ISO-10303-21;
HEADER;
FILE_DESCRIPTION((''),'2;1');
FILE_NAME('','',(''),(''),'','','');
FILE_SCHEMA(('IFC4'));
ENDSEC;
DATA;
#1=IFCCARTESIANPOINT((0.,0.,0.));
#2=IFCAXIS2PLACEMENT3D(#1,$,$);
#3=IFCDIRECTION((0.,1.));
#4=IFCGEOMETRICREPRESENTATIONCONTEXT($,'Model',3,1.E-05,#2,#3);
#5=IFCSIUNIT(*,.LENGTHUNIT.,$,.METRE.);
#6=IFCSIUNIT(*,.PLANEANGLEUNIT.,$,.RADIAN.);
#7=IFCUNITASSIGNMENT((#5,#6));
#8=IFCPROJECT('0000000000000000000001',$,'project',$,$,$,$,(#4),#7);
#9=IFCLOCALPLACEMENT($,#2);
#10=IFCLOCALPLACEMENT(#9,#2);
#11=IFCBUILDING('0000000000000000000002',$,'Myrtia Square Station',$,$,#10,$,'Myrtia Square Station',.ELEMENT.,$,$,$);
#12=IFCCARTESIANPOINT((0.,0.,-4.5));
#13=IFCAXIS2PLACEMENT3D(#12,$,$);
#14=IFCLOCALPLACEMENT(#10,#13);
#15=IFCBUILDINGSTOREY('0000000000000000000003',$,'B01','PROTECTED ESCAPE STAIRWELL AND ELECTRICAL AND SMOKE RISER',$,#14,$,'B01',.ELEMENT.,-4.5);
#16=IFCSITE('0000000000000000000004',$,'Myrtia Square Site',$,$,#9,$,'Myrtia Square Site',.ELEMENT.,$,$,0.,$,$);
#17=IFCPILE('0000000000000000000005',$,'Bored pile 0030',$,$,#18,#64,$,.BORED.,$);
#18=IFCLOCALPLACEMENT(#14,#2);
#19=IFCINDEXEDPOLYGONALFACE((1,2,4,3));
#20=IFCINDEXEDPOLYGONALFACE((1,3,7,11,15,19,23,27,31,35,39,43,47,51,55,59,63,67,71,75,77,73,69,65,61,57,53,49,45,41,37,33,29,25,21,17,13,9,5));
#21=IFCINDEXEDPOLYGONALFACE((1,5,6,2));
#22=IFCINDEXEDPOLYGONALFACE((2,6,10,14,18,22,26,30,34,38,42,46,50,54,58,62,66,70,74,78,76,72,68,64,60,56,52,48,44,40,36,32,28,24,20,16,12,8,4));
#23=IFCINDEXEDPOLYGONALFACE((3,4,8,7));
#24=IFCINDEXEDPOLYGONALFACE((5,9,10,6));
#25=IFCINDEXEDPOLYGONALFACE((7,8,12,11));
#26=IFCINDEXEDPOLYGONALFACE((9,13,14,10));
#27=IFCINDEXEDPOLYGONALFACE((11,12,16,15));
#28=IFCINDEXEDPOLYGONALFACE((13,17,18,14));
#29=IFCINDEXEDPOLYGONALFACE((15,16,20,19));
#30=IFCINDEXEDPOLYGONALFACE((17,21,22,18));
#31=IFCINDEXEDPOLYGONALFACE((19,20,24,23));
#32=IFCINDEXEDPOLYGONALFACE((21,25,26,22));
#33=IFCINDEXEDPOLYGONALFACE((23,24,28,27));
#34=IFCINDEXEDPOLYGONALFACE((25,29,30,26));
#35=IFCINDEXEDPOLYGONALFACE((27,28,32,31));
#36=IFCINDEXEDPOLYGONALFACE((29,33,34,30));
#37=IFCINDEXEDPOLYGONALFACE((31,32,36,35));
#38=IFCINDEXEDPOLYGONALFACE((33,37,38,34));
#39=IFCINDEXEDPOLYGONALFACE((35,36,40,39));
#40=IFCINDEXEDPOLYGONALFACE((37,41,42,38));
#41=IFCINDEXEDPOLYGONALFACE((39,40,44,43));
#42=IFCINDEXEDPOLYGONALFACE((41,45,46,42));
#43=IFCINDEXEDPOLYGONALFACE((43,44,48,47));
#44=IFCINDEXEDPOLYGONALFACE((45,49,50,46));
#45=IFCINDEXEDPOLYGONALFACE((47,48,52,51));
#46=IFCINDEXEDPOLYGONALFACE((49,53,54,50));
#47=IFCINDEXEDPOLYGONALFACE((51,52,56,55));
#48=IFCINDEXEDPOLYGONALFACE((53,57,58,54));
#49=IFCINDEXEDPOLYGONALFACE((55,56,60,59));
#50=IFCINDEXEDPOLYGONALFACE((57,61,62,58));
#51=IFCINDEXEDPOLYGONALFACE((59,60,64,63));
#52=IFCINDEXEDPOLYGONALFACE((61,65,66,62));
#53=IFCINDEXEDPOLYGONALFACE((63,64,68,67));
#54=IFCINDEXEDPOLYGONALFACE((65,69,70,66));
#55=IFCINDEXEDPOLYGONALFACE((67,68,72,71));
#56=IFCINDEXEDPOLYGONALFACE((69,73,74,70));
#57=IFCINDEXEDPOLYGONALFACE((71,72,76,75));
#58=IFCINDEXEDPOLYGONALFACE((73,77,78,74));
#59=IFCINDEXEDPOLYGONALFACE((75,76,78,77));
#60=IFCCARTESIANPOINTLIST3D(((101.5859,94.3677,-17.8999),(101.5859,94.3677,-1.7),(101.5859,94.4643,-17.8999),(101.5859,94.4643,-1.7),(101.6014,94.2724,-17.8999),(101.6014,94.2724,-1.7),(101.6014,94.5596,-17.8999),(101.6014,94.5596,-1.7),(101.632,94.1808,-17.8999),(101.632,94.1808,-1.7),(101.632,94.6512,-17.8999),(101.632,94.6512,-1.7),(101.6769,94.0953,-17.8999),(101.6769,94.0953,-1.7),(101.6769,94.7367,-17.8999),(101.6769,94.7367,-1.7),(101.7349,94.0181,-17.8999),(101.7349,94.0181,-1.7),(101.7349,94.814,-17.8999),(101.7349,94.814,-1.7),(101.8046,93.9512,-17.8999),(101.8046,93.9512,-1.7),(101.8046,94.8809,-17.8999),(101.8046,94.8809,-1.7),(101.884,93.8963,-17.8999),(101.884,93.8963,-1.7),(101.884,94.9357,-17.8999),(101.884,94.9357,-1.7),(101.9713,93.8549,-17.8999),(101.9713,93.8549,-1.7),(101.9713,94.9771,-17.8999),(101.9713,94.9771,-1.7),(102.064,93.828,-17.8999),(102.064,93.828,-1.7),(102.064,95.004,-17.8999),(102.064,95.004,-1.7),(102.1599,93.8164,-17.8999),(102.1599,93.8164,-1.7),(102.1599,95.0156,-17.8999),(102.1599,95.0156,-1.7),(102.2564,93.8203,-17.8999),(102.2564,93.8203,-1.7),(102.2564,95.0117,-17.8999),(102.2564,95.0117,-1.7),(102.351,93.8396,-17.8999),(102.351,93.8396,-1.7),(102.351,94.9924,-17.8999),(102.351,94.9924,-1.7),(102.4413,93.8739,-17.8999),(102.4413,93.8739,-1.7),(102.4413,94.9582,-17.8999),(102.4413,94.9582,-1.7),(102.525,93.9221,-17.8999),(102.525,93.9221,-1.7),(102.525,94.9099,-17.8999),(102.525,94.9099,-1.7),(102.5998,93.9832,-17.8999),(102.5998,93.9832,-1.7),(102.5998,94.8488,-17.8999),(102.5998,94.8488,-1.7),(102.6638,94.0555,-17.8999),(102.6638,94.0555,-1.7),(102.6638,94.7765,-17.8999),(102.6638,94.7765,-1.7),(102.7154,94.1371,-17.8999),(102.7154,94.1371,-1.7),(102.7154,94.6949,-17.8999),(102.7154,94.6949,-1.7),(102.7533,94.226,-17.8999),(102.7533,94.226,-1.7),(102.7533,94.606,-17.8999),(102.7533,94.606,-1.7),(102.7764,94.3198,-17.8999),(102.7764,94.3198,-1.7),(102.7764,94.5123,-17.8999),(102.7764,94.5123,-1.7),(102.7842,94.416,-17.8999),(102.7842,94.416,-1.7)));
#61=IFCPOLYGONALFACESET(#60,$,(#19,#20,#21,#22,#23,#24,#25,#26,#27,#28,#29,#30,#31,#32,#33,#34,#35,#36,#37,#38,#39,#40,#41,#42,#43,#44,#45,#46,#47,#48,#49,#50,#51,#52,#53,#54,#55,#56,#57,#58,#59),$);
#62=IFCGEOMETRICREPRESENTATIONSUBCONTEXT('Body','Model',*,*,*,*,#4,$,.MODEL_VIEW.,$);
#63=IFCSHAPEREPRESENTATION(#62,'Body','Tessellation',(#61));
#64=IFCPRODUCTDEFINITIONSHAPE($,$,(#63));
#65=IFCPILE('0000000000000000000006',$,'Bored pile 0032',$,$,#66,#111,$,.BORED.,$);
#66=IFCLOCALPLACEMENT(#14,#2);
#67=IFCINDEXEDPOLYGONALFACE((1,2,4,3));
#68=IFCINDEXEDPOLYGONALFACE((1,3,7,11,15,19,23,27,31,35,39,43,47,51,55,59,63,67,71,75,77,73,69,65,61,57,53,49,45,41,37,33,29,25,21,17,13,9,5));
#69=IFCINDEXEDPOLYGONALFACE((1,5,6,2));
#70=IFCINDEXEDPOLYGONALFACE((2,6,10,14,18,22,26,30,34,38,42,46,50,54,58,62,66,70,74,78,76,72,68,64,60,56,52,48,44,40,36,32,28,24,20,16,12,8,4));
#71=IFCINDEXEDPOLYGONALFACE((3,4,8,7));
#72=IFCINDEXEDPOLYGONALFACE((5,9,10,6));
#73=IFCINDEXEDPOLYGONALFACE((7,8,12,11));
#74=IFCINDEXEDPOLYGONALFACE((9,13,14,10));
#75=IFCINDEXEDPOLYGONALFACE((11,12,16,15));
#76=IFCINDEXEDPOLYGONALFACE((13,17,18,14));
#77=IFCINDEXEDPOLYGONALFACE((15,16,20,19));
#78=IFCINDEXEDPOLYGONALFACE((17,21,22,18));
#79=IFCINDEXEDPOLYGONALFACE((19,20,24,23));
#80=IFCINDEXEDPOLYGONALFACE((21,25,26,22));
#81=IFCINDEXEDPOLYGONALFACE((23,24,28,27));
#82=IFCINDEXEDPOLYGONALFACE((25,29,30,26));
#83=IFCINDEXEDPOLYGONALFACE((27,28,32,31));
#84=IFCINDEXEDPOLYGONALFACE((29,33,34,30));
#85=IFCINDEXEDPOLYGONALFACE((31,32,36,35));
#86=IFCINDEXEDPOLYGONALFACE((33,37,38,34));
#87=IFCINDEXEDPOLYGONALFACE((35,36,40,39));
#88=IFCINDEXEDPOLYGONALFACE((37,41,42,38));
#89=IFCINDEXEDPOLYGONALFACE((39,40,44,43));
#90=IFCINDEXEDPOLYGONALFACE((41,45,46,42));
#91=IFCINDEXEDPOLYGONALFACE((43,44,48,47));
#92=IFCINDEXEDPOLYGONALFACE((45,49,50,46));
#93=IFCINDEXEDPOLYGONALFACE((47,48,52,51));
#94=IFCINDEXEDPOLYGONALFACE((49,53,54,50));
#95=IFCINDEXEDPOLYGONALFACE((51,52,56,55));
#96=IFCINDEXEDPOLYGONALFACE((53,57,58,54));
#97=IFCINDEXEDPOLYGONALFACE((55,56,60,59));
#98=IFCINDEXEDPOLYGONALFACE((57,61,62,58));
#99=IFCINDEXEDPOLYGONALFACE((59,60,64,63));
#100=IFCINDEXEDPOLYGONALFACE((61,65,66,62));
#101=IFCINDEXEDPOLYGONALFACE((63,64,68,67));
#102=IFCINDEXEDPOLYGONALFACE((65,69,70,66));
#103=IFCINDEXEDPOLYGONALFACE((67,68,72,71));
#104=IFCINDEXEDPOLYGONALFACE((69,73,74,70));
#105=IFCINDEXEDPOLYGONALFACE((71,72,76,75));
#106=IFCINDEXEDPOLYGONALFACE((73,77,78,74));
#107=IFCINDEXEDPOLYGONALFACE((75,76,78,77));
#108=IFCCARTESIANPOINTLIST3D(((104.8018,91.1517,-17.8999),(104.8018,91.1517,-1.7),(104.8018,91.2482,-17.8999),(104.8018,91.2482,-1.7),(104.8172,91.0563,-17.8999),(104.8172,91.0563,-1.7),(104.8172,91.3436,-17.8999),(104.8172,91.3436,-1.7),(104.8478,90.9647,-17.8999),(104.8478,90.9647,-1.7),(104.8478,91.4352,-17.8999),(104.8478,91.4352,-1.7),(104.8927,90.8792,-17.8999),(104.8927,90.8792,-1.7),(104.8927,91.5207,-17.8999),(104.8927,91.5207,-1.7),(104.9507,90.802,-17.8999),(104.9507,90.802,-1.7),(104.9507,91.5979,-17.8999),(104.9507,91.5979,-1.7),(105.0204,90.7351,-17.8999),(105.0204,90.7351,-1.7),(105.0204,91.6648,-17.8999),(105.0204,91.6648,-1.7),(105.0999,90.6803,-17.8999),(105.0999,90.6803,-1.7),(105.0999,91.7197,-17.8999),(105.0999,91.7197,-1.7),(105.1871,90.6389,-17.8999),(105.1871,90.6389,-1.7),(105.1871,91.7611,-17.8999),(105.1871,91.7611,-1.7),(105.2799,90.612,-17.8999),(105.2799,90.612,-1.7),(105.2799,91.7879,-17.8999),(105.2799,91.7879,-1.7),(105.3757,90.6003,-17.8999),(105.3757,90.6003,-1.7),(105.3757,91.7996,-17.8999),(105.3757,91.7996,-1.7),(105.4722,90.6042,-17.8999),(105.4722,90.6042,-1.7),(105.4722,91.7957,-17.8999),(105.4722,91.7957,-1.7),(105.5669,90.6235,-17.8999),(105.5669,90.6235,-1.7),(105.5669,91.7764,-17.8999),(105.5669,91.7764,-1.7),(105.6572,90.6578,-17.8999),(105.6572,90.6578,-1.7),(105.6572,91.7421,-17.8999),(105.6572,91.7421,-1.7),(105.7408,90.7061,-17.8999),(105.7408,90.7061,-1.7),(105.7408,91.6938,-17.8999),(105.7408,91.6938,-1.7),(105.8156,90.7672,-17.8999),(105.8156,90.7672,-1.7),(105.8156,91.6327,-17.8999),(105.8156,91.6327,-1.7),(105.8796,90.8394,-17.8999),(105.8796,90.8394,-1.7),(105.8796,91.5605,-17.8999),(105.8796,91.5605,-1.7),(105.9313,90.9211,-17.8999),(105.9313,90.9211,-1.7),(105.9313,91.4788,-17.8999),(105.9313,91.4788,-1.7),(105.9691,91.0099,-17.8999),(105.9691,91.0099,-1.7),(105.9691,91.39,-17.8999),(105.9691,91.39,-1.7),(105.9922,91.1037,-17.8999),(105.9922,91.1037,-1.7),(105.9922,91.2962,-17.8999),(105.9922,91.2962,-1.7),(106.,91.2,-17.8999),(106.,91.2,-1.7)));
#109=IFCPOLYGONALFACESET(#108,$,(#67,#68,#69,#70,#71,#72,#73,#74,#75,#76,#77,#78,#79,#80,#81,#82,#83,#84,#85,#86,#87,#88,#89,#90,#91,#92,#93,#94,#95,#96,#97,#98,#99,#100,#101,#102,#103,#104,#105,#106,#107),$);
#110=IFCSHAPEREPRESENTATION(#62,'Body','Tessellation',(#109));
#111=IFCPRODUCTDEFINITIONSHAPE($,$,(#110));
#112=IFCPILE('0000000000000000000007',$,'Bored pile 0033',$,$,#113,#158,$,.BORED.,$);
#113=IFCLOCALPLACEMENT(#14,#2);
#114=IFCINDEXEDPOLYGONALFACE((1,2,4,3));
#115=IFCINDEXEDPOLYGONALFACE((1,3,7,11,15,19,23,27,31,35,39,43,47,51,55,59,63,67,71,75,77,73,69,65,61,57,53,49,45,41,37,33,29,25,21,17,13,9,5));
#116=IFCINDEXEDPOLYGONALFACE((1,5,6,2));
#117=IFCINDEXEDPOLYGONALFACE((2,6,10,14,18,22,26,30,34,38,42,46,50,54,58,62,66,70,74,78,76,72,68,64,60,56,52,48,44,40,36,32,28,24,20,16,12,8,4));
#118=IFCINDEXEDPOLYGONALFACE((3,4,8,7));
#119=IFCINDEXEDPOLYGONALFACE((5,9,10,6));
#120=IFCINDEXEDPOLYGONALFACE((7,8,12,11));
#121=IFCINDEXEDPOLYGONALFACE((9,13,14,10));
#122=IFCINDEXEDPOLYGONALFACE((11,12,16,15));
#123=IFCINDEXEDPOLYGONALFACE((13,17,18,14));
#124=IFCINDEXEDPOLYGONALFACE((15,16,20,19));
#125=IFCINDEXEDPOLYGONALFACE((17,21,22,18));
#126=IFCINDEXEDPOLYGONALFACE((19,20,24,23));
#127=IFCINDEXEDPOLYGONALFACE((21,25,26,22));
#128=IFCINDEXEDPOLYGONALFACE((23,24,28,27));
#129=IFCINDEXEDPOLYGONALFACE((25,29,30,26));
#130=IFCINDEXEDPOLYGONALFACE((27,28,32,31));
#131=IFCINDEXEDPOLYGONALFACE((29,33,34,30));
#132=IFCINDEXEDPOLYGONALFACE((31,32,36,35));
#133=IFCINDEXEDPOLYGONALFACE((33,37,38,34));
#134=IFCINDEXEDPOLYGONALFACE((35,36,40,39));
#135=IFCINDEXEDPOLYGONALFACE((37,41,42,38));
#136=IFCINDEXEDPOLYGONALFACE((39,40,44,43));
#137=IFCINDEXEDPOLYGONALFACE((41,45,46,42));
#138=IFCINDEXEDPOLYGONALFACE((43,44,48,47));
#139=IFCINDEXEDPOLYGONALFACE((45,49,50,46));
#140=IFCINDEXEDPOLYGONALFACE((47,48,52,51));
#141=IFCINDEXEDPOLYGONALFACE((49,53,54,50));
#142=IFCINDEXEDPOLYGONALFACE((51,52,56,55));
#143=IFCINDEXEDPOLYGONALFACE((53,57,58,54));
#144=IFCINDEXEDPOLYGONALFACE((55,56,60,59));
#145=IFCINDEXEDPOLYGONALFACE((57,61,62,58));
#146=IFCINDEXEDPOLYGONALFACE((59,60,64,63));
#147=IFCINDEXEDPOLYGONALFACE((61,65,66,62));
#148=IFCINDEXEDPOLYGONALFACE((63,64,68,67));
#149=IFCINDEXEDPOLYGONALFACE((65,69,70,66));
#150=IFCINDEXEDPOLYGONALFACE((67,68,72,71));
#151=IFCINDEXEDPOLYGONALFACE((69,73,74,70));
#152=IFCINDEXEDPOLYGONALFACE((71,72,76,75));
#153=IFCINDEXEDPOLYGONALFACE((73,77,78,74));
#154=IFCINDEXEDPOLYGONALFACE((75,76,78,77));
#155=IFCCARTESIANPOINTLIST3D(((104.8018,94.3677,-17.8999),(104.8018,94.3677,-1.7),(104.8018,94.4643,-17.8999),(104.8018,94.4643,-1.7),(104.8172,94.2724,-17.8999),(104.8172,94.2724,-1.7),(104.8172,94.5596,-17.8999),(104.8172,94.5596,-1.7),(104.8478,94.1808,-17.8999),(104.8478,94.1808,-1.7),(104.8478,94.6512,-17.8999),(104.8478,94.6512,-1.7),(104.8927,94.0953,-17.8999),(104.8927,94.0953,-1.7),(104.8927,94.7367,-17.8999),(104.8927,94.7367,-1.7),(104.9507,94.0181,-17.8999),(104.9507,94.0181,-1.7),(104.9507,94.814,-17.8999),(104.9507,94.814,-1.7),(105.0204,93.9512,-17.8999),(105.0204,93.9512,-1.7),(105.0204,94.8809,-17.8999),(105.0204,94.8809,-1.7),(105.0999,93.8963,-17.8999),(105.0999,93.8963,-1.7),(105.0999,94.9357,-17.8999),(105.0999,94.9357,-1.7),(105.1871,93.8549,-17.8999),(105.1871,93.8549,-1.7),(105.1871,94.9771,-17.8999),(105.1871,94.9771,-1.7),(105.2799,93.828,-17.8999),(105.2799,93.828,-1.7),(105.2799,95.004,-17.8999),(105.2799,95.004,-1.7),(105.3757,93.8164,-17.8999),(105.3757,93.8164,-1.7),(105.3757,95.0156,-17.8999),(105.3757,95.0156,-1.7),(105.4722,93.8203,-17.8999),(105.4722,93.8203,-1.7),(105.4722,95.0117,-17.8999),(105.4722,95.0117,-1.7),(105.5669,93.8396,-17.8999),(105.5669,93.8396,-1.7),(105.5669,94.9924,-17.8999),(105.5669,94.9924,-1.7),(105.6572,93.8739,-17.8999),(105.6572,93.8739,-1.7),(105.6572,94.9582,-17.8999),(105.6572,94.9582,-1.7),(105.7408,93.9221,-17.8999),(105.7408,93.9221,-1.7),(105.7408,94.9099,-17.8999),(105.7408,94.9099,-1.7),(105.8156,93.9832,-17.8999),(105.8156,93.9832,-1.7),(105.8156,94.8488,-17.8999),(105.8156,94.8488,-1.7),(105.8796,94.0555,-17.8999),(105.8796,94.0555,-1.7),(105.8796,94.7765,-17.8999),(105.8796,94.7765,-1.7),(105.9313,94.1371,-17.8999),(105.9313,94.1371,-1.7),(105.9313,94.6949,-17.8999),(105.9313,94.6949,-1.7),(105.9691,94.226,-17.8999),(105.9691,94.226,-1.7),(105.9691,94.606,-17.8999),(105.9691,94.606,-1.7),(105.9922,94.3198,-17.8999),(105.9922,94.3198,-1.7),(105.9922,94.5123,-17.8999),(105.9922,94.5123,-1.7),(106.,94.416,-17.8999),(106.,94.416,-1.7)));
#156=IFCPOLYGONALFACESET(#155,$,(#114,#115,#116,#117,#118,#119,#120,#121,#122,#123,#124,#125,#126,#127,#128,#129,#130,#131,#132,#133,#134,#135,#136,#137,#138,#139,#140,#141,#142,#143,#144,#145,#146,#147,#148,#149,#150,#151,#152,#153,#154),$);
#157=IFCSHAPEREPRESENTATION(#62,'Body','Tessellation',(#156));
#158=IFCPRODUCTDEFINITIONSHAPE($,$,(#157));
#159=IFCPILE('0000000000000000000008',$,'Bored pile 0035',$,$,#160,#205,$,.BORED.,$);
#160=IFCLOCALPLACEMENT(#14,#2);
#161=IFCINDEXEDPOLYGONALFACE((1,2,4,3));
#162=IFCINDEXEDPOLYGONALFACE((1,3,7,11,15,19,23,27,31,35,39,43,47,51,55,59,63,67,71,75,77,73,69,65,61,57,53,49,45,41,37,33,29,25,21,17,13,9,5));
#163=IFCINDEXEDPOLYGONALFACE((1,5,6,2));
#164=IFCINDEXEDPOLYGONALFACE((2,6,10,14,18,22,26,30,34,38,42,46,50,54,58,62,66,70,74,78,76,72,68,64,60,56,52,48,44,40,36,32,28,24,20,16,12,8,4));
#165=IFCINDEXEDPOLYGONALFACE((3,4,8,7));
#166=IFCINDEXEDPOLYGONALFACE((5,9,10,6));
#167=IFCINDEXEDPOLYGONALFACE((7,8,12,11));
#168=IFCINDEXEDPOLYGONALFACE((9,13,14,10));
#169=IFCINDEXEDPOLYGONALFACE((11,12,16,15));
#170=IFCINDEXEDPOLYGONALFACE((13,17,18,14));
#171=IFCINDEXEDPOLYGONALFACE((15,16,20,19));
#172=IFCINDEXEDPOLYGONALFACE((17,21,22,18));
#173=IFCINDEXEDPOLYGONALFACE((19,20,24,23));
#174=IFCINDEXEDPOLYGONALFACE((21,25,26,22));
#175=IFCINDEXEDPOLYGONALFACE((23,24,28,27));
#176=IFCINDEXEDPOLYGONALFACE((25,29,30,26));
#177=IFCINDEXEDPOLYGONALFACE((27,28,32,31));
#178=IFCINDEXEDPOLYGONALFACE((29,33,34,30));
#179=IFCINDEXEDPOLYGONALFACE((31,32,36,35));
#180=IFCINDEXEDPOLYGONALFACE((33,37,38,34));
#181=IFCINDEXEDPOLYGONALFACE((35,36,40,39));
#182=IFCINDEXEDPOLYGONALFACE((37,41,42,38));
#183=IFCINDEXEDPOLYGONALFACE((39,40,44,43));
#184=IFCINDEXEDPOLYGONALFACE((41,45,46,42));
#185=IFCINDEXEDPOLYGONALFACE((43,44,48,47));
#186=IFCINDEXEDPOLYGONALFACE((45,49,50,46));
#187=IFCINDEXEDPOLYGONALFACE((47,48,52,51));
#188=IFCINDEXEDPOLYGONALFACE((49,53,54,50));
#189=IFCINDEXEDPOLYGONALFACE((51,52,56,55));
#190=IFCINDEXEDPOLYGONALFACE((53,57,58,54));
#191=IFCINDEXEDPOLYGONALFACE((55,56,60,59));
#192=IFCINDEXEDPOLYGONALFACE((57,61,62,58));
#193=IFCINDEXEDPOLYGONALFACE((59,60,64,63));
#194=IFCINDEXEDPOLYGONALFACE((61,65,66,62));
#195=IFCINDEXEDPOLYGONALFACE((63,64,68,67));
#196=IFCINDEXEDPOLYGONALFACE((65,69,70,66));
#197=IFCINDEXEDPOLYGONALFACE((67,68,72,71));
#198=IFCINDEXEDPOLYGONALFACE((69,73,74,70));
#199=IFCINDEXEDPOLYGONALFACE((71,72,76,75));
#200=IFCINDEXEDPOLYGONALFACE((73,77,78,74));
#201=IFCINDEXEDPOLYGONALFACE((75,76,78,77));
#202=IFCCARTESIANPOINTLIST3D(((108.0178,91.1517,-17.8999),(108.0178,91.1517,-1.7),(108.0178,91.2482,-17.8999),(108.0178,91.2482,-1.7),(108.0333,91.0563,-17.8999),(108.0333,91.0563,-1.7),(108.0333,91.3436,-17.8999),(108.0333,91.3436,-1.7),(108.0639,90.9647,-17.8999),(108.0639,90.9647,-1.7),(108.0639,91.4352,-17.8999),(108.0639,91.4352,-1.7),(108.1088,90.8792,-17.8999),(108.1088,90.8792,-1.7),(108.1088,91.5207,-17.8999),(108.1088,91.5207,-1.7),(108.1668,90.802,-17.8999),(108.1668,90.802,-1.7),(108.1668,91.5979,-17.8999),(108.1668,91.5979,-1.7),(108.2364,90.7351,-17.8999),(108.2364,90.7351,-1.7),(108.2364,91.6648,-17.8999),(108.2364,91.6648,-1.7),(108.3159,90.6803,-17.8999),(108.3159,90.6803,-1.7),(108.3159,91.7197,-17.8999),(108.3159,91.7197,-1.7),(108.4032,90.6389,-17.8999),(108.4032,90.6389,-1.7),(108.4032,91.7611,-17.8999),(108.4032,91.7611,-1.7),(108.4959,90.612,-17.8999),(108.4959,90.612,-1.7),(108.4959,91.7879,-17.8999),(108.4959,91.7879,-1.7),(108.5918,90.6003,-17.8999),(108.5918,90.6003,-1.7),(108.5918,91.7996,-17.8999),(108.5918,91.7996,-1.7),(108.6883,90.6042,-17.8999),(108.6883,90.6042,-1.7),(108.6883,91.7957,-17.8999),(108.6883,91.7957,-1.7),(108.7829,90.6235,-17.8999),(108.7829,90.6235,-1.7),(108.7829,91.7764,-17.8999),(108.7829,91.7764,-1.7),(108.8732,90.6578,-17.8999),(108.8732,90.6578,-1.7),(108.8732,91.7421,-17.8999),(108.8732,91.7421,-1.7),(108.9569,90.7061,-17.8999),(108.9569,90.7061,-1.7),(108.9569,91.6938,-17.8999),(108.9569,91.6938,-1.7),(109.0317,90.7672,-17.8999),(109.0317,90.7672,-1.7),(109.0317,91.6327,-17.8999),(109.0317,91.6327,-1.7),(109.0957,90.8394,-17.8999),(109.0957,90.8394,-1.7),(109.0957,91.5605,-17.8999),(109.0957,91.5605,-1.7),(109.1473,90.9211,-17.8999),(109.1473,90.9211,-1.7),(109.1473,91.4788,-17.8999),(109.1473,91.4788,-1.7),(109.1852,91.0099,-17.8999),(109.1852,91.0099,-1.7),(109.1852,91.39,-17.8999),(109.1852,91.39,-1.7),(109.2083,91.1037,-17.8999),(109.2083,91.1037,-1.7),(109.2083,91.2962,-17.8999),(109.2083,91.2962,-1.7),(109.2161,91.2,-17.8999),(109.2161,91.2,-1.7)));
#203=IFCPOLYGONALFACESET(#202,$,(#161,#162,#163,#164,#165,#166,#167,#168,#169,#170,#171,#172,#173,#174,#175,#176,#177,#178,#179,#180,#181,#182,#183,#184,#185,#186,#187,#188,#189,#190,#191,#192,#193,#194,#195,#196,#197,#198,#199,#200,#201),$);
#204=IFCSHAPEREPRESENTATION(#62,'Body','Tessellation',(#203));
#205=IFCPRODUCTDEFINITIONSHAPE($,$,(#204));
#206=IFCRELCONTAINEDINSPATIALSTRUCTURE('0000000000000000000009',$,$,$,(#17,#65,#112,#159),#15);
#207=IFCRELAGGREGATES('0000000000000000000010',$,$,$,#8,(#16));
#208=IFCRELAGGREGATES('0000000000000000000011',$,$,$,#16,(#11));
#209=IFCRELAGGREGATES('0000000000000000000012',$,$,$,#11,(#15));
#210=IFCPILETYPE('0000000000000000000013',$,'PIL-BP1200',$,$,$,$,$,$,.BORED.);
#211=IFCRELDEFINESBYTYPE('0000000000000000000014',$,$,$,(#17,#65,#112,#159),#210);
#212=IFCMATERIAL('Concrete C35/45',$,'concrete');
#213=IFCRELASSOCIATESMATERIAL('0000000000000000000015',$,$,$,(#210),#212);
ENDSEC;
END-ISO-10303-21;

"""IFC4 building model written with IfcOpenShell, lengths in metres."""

from ifc_helpers import new_model, si_unit, direction, frame, origin, origin_2d, place, context, subcontext, project, spatial, circle, extrude, material, material_profile, profile_set, type_object, element, save


model = new_model("IFC4")

# Units and contexts
model_context = context("Model", 3, precision=1e-05, world=origin(), true_north=direction((0.0, 1.0)))
body_context = subcontext(model_context, "Body", "Model", "MODEL_VIEW")
ifc_project = project(units=[si_unit("LENGTHUNIT", "METRE"), si_unit("PLANEANGLEUNIT", "RADIAN")], contexts=[model_context])

# Site, building, storey
site_placement = place(None, origin())
site = spatial("IfcSite", under=ifc_project, at=site_placement, Name="Myrtia Square Site", LongName="Myrtia Square Site", CompositionType="ELEMENT", RefElevation=0.0)
building_placement = place(site_placement, origin())
building = spatial("IfcBuilding", under=site, at=building_placement, Name="Myrtia Square Station", LongName="Myrtia Square Station", CompositionType="ELEMENT")
storey_placement = place(building_placement, frame((0.0, 0.0, -4.5)))
storey = spatial("IfcBuildingStorey", under=building, at=storey_placement, Name="B01", Description="PROTECTED ESCAPE STAIRWELL AND ELECTRICAL AND SMOKE RISER", LongName="B01", CompositionType="ELEMENT", Elevation=-4.5)

# Shared definitions
ifc_material_1 = material(Name="Concrete C35/45", Category="concrete")

# Piles
ifc_material_profile_1 = material_profile(ifc_material_1, circle(Radius=0.6001, at=origin_2d()), Name="BP D1200")
ifc_profile_set_1 = profile_set([ifc_material_profile_1], Name="Concrete C35/45")
pile_type_1 = type_object("IfcPileType", Name="PIL-BP1200", PredefinedType="BORED", material=ifc_profile_set_1)
for number, where, z_axis, x_axis, name in (
    (1, (102.1841, 94.416, -1.7), (0.0, 0.0, -1.0), (1.0, 0.0, 0.0), "Bored pile 0030"),
    (2, (105.3999, 91.2, -1.7), (0.0, 0.0, -1.0), (1.0, 0.0, 0.0), "Bored pile 0032"),
    (3, (105.3999, 94.416, -1.7), (0.0, 0.0, -1.0), (1.0, 0.0, 0.0), "Bored pile 0033"),
    (4, (108.616, 91.2, -1.7), (0.0, 0.0, -1.0), (1.0, 0.0, 0.0), "Bored pile 0035"),
):
    element("IfcPile", number, at=place(storey_placement, frame(where, z_axis=z_axis, x_axis=x_axis)), inside=storey, type_object=pile_type_1, Name=name, PredefinedType="BORED", context=body_context, shape_type="SweptSolid", body=[
        extrude(circle(Radius=0.6001, at=origin_2d()), origin(), (0.0, 0.0, 1.0), 16.2),
    ])

save(model, "model.ifc")
